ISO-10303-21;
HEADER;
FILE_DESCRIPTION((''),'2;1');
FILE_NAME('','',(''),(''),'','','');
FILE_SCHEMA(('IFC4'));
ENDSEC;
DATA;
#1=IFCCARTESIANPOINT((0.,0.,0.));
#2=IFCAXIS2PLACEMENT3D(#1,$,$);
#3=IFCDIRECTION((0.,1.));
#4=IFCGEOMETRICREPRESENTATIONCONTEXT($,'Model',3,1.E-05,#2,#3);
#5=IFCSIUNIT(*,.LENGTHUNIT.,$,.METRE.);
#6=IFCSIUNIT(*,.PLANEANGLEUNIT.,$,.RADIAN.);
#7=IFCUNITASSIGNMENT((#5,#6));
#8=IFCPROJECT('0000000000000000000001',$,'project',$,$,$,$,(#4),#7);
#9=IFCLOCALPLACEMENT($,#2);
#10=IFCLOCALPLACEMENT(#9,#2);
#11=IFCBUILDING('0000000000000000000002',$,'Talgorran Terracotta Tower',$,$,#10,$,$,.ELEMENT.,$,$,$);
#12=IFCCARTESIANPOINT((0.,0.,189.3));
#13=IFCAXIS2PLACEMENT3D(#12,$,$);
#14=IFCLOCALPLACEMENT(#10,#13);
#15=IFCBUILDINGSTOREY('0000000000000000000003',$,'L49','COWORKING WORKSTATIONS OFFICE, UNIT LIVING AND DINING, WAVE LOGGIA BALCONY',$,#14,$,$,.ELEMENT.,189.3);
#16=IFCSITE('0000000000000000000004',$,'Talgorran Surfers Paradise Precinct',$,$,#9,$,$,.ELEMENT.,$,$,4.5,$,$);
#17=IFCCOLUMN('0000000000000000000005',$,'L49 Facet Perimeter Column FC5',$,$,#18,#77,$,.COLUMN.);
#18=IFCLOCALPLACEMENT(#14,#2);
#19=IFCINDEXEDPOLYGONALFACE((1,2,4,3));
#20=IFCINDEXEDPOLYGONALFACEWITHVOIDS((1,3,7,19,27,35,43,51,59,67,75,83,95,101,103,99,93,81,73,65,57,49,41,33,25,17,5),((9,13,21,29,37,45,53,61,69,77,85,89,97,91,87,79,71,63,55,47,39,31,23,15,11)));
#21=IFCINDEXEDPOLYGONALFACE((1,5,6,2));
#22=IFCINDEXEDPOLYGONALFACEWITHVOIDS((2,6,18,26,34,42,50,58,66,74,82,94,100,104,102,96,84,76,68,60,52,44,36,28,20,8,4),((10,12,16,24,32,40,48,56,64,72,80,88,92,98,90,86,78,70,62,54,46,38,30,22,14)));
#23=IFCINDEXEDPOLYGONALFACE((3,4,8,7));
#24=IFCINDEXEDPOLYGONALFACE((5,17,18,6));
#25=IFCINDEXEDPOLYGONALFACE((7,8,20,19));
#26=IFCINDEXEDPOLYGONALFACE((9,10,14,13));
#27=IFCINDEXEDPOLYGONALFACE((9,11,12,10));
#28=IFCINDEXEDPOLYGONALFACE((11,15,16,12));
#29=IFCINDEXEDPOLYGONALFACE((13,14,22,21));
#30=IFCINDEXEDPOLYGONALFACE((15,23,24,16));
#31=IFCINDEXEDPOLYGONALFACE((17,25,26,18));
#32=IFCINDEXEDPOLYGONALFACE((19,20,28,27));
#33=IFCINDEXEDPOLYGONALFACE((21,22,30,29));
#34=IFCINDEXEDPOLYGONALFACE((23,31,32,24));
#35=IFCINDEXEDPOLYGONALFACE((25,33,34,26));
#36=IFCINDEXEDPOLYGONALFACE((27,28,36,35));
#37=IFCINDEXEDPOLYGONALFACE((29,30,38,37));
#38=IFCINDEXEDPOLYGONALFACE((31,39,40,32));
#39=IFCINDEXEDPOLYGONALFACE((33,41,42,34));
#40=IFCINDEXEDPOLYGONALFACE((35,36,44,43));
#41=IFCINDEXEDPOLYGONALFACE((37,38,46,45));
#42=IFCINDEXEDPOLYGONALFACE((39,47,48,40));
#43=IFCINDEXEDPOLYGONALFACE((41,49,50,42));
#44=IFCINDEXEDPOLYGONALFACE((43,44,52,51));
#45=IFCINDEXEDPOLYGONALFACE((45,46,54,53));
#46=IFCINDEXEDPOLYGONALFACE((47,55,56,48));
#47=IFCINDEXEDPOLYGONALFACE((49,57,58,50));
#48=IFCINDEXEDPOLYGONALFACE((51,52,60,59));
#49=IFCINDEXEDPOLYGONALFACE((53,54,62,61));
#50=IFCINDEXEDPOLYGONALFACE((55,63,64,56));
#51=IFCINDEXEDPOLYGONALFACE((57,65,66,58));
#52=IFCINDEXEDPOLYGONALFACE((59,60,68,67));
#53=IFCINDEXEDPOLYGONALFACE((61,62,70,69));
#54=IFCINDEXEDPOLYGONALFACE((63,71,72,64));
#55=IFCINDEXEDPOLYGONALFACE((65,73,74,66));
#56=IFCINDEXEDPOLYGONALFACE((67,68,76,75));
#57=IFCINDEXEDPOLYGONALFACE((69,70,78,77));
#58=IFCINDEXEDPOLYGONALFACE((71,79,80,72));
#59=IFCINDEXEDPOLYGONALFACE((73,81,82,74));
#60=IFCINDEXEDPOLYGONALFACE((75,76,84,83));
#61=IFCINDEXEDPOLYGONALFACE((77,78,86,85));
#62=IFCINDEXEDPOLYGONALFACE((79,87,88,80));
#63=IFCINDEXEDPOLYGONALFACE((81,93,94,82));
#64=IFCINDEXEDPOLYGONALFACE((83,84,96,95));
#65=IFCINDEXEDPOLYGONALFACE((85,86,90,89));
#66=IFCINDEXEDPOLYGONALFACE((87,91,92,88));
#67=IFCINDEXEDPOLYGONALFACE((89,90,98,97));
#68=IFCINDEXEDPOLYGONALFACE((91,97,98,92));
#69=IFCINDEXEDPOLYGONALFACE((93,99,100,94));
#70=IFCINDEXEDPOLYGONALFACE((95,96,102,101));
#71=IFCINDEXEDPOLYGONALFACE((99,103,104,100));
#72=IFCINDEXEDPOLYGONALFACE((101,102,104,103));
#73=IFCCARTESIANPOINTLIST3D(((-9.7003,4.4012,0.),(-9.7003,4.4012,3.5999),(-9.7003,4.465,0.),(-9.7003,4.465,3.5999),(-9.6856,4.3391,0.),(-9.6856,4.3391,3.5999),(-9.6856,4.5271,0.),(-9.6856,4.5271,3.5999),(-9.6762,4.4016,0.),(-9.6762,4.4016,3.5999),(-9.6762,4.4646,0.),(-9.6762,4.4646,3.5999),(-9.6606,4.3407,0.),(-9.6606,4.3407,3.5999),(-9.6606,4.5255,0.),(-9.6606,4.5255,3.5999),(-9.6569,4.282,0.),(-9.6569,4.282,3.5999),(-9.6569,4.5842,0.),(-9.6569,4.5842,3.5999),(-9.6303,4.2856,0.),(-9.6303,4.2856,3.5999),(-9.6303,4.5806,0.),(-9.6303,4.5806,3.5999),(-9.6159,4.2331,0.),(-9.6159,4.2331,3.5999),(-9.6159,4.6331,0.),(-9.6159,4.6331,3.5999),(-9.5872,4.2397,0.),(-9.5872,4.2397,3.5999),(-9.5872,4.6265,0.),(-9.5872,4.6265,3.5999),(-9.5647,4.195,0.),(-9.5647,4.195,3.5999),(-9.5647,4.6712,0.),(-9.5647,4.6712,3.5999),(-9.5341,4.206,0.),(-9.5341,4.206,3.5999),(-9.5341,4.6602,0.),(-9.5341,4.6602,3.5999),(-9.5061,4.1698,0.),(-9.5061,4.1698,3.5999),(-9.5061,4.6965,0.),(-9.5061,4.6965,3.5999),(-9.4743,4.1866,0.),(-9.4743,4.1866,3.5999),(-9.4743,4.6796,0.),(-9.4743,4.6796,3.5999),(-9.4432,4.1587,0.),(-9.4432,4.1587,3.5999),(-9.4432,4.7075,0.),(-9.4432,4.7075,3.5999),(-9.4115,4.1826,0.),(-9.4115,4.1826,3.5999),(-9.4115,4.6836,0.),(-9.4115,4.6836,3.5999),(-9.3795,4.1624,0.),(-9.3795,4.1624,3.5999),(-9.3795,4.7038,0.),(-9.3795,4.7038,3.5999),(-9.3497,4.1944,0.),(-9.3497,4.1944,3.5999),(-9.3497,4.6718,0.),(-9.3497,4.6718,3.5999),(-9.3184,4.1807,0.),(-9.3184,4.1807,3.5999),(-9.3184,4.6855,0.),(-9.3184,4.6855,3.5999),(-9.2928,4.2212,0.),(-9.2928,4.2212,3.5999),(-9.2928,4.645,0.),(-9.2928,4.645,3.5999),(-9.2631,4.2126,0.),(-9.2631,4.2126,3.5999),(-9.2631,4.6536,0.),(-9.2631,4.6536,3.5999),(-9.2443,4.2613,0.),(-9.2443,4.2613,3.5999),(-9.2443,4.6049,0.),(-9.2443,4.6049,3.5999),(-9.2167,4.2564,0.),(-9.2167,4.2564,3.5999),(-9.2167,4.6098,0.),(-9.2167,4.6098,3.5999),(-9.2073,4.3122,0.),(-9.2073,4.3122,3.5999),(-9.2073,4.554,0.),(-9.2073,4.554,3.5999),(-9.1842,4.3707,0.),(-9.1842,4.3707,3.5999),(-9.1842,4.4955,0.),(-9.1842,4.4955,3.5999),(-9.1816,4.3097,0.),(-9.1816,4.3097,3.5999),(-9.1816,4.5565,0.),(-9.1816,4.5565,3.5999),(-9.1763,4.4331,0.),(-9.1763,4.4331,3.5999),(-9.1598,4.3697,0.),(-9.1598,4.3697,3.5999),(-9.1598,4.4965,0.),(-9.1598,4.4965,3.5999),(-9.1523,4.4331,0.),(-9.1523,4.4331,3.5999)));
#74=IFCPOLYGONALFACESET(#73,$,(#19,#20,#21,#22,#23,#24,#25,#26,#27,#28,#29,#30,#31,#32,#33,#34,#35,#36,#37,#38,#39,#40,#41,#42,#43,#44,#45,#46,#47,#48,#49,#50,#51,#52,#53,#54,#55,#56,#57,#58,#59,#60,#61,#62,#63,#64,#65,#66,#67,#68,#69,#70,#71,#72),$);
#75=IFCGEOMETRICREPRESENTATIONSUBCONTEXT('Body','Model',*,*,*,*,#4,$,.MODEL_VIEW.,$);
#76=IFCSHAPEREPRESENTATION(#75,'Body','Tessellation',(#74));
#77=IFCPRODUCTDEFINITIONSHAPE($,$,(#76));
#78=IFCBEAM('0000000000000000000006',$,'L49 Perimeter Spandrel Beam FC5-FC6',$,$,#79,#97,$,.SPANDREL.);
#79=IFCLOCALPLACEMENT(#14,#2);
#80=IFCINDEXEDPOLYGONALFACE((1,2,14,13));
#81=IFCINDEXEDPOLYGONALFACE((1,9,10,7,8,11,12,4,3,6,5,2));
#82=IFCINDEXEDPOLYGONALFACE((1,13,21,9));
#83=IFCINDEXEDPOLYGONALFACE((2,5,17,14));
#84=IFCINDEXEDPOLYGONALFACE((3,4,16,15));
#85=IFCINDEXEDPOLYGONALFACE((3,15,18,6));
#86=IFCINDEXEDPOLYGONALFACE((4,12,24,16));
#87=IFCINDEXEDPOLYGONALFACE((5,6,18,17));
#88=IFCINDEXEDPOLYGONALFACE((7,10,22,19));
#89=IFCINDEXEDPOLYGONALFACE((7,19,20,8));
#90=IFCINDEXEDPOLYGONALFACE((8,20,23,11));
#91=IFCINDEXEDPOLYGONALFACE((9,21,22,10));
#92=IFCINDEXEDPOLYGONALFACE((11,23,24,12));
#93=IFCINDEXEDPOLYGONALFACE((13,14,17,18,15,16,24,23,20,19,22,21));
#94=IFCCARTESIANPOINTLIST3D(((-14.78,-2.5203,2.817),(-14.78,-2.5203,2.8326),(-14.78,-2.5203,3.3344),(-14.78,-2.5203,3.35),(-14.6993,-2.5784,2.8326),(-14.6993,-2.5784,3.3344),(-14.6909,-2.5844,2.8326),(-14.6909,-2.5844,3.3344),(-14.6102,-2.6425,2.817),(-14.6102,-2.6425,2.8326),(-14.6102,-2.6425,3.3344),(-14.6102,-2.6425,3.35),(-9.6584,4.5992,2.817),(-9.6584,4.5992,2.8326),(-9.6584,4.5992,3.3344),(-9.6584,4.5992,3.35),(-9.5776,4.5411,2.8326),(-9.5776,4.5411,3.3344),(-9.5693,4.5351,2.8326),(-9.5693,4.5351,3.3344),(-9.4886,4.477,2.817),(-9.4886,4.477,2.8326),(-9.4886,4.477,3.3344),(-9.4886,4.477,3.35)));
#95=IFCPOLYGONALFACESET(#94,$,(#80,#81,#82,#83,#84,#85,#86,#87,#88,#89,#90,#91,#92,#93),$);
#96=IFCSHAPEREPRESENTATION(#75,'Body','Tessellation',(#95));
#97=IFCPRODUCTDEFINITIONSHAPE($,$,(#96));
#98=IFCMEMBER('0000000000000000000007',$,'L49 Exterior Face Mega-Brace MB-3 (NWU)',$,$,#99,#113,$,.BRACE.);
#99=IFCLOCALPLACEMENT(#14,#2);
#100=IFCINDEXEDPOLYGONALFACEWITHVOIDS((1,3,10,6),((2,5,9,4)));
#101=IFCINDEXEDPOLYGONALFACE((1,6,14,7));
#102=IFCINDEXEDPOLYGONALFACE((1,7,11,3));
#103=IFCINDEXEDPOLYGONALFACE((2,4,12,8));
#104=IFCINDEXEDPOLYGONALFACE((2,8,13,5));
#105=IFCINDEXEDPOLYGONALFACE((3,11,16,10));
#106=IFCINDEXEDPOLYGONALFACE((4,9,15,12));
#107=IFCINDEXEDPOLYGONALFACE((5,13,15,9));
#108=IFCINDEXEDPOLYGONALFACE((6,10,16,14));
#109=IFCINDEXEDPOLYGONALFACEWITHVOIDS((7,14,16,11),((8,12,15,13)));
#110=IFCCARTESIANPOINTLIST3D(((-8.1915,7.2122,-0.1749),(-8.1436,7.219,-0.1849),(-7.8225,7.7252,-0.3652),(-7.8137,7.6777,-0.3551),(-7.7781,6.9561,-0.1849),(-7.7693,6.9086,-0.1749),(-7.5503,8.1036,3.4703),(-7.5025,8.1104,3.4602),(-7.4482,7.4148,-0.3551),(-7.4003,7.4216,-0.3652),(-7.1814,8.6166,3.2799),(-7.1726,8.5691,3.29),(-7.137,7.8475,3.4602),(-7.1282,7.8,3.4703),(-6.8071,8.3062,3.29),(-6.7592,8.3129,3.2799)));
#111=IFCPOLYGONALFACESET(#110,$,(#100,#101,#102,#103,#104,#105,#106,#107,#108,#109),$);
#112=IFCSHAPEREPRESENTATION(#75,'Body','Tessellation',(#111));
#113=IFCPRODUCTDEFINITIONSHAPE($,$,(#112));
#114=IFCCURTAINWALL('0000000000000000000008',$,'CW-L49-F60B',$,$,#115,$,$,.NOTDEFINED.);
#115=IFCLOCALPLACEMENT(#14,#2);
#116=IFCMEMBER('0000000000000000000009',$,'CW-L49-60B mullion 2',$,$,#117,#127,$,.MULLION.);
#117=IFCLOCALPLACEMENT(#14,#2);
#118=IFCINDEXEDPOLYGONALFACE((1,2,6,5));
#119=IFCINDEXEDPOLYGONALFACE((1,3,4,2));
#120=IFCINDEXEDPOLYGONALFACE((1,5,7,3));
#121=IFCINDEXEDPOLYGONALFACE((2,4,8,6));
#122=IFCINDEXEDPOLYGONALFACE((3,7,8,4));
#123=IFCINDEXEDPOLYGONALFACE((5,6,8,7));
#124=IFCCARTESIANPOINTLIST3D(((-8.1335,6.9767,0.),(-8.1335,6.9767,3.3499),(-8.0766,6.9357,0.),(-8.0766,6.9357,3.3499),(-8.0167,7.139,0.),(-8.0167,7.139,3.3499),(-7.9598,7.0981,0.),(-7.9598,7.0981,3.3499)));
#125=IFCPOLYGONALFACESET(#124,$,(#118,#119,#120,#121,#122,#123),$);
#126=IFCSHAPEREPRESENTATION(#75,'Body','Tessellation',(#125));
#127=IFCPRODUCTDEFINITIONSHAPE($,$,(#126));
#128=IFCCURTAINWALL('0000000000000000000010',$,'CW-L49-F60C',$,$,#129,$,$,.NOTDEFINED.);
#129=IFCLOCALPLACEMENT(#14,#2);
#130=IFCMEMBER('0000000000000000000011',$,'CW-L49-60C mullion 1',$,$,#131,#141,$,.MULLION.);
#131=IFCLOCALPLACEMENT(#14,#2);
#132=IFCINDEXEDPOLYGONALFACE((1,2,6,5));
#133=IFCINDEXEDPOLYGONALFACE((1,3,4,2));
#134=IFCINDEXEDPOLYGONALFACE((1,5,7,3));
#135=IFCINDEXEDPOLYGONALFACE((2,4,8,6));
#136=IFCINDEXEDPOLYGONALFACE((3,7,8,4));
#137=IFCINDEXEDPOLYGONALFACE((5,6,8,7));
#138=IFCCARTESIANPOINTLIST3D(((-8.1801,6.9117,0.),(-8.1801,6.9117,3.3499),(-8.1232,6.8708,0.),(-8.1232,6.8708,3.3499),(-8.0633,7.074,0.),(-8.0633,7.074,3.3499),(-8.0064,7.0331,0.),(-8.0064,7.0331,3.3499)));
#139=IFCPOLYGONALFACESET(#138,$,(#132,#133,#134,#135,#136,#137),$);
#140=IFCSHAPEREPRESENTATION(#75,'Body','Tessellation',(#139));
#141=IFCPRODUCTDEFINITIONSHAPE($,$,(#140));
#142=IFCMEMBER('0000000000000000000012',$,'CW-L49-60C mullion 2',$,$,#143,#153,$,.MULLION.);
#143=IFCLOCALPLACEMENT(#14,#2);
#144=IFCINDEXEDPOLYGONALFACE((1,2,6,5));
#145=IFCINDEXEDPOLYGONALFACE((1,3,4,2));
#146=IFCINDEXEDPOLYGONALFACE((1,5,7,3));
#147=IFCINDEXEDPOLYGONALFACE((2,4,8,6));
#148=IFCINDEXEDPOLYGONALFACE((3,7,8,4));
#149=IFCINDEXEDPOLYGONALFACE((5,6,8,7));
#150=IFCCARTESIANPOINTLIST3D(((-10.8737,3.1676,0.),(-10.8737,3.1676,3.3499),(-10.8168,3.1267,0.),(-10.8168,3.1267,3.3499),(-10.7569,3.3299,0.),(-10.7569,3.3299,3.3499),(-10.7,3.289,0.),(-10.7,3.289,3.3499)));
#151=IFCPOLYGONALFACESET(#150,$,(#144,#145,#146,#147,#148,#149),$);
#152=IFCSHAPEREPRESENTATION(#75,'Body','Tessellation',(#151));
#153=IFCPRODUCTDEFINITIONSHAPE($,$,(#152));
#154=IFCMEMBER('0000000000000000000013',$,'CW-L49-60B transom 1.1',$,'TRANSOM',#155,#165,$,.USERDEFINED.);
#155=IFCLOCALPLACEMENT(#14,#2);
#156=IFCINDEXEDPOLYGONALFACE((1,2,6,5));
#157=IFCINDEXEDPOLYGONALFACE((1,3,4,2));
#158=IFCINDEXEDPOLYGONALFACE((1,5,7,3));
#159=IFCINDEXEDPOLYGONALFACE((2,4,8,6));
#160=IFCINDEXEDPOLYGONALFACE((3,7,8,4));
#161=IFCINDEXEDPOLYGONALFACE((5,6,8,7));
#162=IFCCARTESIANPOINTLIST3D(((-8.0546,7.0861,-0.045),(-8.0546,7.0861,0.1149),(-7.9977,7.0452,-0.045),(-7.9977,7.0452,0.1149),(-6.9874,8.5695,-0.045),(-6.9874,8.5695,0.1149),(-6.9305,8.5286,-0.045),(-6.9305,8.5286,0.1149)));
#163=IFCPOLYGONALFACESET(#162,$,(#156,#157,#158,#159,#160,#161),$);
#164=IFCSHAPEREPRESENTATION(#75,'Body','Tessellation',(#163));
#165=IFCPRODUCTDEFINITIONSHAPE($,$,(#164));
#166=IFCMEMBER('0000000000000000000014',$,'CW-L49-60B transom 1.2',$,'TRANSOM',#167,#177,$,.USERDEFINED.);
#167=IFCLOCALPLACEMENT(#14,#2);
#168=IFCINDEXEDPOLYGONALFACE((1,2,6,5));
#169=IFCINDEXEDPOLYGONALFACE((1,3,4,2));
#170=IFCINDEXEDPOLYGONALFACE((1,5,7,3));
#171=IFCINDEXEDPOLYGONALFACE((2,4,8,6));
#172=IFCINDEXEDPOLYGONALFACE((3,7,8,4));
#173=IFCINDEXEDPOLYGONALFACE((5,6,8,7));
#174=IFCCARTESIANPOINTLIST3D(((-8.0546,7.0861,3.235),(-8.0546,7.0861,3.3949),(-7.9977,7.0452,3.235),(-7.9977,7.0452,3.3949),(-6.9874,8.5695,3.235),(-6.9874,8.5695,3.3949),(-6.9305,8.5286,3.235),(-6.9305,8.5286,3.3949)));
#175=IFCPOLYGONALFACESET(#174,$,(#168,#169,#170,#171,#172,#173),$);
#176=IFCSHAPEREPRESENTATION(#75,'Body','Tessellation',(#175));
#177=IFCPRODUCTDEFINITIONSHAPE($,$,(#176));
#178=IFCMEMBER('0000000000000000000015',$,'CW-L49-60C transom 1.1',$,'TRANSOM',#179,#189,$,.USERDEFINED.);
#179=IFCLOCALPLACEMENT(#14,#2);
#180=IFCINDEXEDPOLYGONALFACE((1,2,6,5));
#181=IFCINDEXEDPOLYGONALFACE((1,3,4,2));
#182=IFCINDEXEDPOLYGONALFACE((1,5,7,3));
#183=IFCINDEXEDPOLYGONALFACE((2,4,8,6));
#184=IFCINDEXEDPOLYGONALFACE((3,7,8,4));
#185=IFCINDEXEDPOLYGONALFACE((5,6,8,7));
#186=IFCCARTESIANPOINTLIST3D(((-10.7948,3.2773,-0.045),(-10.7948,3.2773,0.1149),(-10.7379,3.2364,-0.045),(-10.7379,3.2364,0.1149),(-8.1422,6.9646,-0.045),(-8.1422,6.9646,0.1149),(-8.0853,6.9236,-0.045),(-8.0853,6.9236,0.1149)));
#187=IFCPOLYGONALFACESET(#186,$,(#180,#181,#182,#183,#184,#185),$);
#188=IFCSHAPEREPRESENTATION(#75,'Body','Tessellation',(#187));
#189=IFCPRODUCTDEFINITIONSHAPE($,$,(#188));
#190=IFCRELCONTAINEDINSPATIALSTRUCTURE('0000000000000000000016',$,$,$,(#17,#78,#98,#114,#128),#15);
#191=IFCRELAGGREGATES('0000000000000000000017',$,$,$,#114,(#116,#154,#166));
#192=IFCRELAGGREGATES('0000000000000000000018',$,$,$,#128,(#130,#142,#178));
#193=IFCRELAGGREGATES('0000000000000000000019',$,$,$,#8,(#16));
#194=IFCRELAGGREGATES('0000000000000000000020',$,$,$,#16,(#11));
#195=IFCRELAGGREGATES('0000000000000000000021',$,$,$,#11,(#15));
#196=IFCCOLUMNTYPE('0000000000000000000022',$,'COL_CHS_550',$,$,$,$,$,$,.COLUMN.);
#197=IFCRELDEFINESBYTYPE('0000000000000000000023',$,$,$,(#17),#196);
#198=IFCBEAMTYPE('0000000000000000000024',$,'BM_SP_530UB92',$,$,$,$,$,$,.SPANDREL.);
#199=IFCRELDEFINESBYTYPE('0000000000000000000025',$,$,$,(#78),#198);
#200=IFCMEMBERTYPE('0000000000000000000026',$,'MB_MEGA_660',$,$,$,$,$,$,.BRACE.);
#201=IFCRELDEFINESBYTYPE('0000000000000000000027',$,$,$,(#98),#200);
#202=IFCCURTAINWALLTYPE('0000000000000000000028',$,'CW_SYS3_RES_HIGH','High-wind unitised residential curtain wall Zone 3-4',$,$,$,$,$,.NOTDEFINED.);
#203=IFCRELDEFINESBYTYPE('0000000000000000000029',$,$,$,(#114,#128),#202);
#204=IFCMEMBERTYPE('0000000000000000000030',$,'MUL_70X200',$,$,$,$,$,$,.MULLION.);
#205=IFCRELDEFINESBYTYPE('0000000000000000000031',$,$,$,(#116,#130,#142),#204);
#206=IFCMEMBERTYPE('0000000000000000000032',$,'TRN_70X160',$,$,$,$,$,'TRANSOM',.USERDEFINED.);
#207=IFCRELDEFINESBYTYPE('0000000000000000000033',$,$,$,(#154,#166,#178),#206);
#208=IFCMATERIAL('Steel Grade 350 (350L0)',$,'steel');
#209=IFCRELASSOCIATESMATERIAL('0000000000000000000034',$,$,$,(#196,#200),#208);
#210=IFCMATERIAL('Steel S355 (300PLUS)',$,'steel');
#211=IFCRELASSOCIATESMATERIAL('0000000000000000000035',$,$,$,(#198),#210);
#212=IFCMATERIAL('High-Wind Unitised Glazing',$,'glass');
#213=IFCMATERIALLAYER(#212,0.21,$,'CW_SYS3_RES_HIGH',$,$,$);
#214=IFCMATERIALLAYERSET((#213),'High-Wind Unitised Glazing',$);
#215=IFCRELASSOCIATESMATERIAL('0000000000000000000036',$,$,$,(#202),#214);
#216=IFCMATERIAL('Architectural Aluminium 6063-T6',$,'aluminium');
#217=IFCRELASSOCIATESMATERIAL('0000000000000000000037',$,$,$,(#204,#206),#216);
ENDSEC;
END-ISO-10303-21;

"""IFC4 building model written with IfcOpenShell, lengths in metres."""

from ifc_helpers import new_model, si_unit, direction, frame, origin, origin_2d, place, context, subcontext, project, spatial, rectangle, hollow_rectangle, hollow_circle, i_section, extrude, material, layer, layer_set, material_profile, profile_set, type_object, element, aggregate, save


model = new_model("IFC4")

# Units and contexts
model_context = context("Model", 3, precision=1e-05, world=origin(), true_north=direction((0.0, 1.0)))
body_context = subcontext(model_context, "Body", "Model", "MODEL_VIEW")
ifc_project = project(units=[si_unit("LENGTHUNIT", "METRE"), si_unit("PLANEANGLEUNIT", "RADIAN")], contexts=[model_context])

# Site, building, storey
site_placement = place(None, origin())
site = spatial("IfcSite", under=ifc_project, at=site_placement, Name="Talgorran Surfers Paradise Precinct", CompositionType="ELEMENT", RefElevation=4.5)
building_placement = place(site_placement, origin())
building = spatial("IfcBuilding", under=site, at=building_placement, Name="Talgorran Terracotta Tower", CompositionType="ELEMENT")
storey_placement = place(building_placement, frame((0.0, 0.0, 189.3)))
storey = spatial("IfcBuildingStorey", under=building, at=storey_placement, Name="L49", Description="COWORKING WORKSTATIONS OFFICE, UNIT LIVING AND DINING, WAVE LOGGIA BALCONY", CompositionType="ELEMENT", Elevation=189.3)

# Column
ifc_material_1 = material(Name="Steel Grade 350 (350L0)", Category="steel")
ifc_material_profile_1 = material_profile(ifc_material_1, hollow_circle(Radius=0.2749, WallThickness=0.0239, at=origin_2d()), Name="CHS550X24")
ifc_profile_set_1 = profile_set([ifc_material_profile_1], Name="Steel Grade 350 (350L0)")
column_type = type_object("IfcColumnType", Name="COL_CHS_550", PredefinedType="COLUMN", material=ifc_profile_set_1)
column_placement = place(storey_placement, frame((-9.4272, 4.4331, 0.0), z_axis=(0.0, 0.0, 1.0), x_axis=(1.0, 0.0, 0.0)))
element("IfcColumn", 1, at=column_placement, inside=storey, type_object=column_type, Name="L49 Facet Perimeter Column FC5", PredefinedType="COLUMN", context=body_context, shape_type="SweptSolid", body=[
    extrude(hollow_circle(Radius=0.2749, WallThickness=0.0239, at=origin_2d()), origin(), (0.0, 0.0, 1.0), 3.5999),
])

# Beam
ifc_material_2 = material(Name="Steel S355 (300PLUS)", Category="steel")
ifc_material_profile_2 = material_profile(ifc_material_2, i_section(OverallWidth=0.2092, OverallDepth=0.533, WebThickness=0.0103, FlangeThickness=0.0156, at=origin_2d()), Name="530UB92.4")
ifc_profile_set_2 = profile_set([ifc_material_profile_2], Name="Steel S355 (300PLUS)")
beam_type = type_object("IfcBeamType", Name="BM_SP_530UB92", PredefinedType="SPANDREL", material=ifc_profile_set_2)
beam_placement = place(storey_placement, frame((-9.5735, 4.5381, 3.0835), z_axis=(-0.583976, -0.811771, 0.0), x_axis=(0.811771, -0.583976, 0.0)))
element("IfcBeam", 2, at=beam_placement, inside=storey, type_object=beam_type, Name="L49 Perimeter Spandrel Beam FC5-FC6", PredefinedType="SPANDREL", context=body_context, shape_type="SweptSolid", body=[
    extrude(i_section(OverallWidth=0.2092, OverallDepth=0.533, WebThickness=0.0103, FlangeThickness=0.0156, at=origin_2d()), origin(), (0.0, 0.0, 1.0), 8.7703),
])

# Member
ifc_material_profile_3 = material_profile(ifc_material_1, hollow_rectangle(XDim=0.52, YDim=0.6599, WallThickness=0.0349, at=origin_2d()), Name="WBOX660X520X35")
ifc_profile_set_3 = profile_set([ifc_material_profile_3], Name="Steel Grade 350 (350L0)")
member_type_1 = type_object("IfcMemberType", Name="MB_MEGA_660", PredefinedType="BRACE", material=ifc_profile_set_3)
member_1_placement = place(storey_placement, frame((-7.7959, 7.3169, -0.27), z_axis=(0.168413, 0.234149, 0.957503), x_axis=(-0.811821, 0.583906, 0.0)))
element("IfcMember", 3, at=member_1_placement, inside=storey, type_object=member_type_1, Name="L49 Exterior Face Mega-Brace MB-3 (NWU)", PredefinedType="BRACE", context=body_context, shape_type="SweptSolid", body=[
    extrude(hollow_rectangle(XDim=0.52, YDim=0.6599, WallThickness=0.0349, at=origin_2d()), origin(), (0.0, 0.0, 1.0), 3.8069),
])

# Curtain wall, member
ifc_material_3 = material(Name="High-Wind Unitised Glazing", Category="glass")
ifc_layer_1 = layer(ifc_material_3, 0.21, Name="CW_SYS3_RES_HIGH")
ifc_layer_set_1 = layer_set([ifc_layer_1], Name="High-Wind Unitised Glazing")
curtain_wall_type = type_object("IfcCurtainWallType", Name="CW_SYS3_RES_HIGH", Description="High-wind unitised residential curtain wall Zone 3-4", PredefinedType="NOTDEFINED", material=ifc_layer_set_1)
curtain_wall_1_placement = place(storey_placement, origin())
curtain_wall_1 = element("IfcCurtainWall", 4, at=curtain_wall_1_placement, inside=storey, type_object=curtain_wall_type, Name="CW-L49-F60B", PredefinedType="NOTDEFINED")
ifc_material_4 = material(Name="Architectural Aluminium 6063-T6", Category="aluminium")
ifc_material_profile_4 = material_profile(ifc_material_4, rectangle(XDim=0.0701, YDim=0.2, at=origin_2d()), Name="CWM70X200")
ifc_profile_set_4 = profile_set([ifc_material_profile_4], Name="Architectural Aluminium 6063-T6")
member_type_2 = type_object("IfcMemberType", Name="MUL_70X200", PredefinedType="MULLION", material=ifc_profile_set_4)
member_2_placement = place(storey_placement, frame((-8.0466, 7.0374, 0.0), z_axis=(0.0, 0.0, 1.0), x_axis=(0.811761, -0.58399, 0.0)))
member_2 = element("IfcMember", 5, at=member_2_placement, type_object=member_type_2, Name="CW-L49-60B mullion 2", PredefinedType="MULLION", context=body_context, shape_type="SweptSolid", body=[
    extrude(rectangle(XDim=0.0701, YDim=0.2, at=origin_2d()), origin(), (0.0, 0.0, 1.0), 3.3499),
])

# Curtain wall, members
curtain_wall_2_placement = place(storey_placement, origin())
curtain_wall_2 = element("IfcCurtainWall", 6, at=curtain_wall_2_placement, inside=storey, type_object=curtain_wall_type, Name="CW-L49-F60C", PredefinedType="NOTDEFINED")
member_3_placement = place(storey_placement, frame((-8.0933, 6.9724, 0.0), z_axis=(0.0, 0.0, 1.0), x_axis=(0.811762, -0.583988, 0.0)))
member_3 = element("IfcMember", 7, at=member_3_placement, type_object=member_type_2, Name="CW-L49-60C mullion 1", PredefinedType="MULLION", context=body_context, shape_type="SweptSolid", body=[
    extrude(rectangle(XDim=0.0701, YDim=0.2, at=origin_2d()), origin(), (0.0, 0.0, 1.0), 3.3499),
])
member_4_placement = place(storey_placement, frame((-10.7869, 3.2283, 0.0), z_axis=(0.0, 0.0, 1.0), x_axis=(0.811762, -0.583988, 0.0)))
member_4 = element("IfcMember", 8, at=member_4_placement, type_object=member_type_2, Name="CW-L49-60C mullion 2", PredefinedType="MULLION", context=body_context, shape_type="SweptSolid", body=[
    extrude(rectangle(XDim=0.0701, YDim=0.2, at=origin_2d()), origin(), (0.0, 0.0, 1.0), 3.3499),
])

# Members
ifc_material_profile_5 = material_profile(ifc_material_4, rectangle(XDim=0.0701, YDim=0.1599, at=origin_2d()), Name="CWT70X160")
ifc_profile_set_5 = profile_set([ifc_material_profile_5], Name="Architectural Aluminium 6063-T6")
member_type_3 = type_object("IfcMemberType", Name="TRN_70X160", ElementType="TRANSOM", PredefinedType="USERDEFINED", material=ifc_profile_set_5)
member_5_placement = place(storey_placement, frame((-6.959, 8.5491, 0.0349), z_axis=(-0.583977, -0.81177, 0.0), x_axis=(0.81177, -0.583977, 0.0)))
member_5 = element("IfcMember", 9, at=member_5_placement, type_object=member_type_3, Name="CW-L49-60B transom 1.1", ObjectType="TRANSOM", PredefinedType="USERDEFINED", context=body_context, shape_type="SweptSolid", body=[
    extrude(rectangle(XDim=0.0701, YDim=0.1599, at=origin_2d()), origin(), (0.0, 0.0, 1.0), 1.8274),
])
member_6_placement = place(storey_placement, frame((-6.959, 8.5491, 3.3149), z_axis=(-0.583977, -0.81177, 0.0), x_axis=(0.81177, -0.583977, 0.0)))
member_6 = element("IfcMember", 10, at=member_6_placement, type_object=member_type_3, Name="CW-L49-60B transom 1.2", ObjectType="TRANSOM", PredefinedType="USERDEFINED", context=body_context, shape_type="SweptSolid", body=[
    extrude(rectangle(XDim=0.0701, YDim=0.1599, at=origin_2d()), origin(), (0.0, 0.0, 1.0), 1.8274),
])
member_7_placement = place(storey_placement, frame((-8.1138, 6.9441, 0.0349), z_axis=(-0.58398, -0.811768, 0.0), x_axis=(0.811768, -0.58398, 0.0)))
member_7 = element("IfcMember", 11, at=member_7_placement, type_object=member_type_3, Name="CW-L49-60C transom 1.1", ObjectType="TRANSOM", PredefinedType="USERDEFINED", context=body_context, shape_type="SweptSolid", body=[
    extrude(rectangle(XDim=0.0701, YDim=0.1599, at=origin_2d()), origin(), (0.0, 0.0, 1.0), 4.5422),
])

aggregate(curtain_wall_1, [member_2, member_5, member_6])
aggregate(curtain_wall_2, [member_3, member_4, member_7])

save(model, "model.ifc")
